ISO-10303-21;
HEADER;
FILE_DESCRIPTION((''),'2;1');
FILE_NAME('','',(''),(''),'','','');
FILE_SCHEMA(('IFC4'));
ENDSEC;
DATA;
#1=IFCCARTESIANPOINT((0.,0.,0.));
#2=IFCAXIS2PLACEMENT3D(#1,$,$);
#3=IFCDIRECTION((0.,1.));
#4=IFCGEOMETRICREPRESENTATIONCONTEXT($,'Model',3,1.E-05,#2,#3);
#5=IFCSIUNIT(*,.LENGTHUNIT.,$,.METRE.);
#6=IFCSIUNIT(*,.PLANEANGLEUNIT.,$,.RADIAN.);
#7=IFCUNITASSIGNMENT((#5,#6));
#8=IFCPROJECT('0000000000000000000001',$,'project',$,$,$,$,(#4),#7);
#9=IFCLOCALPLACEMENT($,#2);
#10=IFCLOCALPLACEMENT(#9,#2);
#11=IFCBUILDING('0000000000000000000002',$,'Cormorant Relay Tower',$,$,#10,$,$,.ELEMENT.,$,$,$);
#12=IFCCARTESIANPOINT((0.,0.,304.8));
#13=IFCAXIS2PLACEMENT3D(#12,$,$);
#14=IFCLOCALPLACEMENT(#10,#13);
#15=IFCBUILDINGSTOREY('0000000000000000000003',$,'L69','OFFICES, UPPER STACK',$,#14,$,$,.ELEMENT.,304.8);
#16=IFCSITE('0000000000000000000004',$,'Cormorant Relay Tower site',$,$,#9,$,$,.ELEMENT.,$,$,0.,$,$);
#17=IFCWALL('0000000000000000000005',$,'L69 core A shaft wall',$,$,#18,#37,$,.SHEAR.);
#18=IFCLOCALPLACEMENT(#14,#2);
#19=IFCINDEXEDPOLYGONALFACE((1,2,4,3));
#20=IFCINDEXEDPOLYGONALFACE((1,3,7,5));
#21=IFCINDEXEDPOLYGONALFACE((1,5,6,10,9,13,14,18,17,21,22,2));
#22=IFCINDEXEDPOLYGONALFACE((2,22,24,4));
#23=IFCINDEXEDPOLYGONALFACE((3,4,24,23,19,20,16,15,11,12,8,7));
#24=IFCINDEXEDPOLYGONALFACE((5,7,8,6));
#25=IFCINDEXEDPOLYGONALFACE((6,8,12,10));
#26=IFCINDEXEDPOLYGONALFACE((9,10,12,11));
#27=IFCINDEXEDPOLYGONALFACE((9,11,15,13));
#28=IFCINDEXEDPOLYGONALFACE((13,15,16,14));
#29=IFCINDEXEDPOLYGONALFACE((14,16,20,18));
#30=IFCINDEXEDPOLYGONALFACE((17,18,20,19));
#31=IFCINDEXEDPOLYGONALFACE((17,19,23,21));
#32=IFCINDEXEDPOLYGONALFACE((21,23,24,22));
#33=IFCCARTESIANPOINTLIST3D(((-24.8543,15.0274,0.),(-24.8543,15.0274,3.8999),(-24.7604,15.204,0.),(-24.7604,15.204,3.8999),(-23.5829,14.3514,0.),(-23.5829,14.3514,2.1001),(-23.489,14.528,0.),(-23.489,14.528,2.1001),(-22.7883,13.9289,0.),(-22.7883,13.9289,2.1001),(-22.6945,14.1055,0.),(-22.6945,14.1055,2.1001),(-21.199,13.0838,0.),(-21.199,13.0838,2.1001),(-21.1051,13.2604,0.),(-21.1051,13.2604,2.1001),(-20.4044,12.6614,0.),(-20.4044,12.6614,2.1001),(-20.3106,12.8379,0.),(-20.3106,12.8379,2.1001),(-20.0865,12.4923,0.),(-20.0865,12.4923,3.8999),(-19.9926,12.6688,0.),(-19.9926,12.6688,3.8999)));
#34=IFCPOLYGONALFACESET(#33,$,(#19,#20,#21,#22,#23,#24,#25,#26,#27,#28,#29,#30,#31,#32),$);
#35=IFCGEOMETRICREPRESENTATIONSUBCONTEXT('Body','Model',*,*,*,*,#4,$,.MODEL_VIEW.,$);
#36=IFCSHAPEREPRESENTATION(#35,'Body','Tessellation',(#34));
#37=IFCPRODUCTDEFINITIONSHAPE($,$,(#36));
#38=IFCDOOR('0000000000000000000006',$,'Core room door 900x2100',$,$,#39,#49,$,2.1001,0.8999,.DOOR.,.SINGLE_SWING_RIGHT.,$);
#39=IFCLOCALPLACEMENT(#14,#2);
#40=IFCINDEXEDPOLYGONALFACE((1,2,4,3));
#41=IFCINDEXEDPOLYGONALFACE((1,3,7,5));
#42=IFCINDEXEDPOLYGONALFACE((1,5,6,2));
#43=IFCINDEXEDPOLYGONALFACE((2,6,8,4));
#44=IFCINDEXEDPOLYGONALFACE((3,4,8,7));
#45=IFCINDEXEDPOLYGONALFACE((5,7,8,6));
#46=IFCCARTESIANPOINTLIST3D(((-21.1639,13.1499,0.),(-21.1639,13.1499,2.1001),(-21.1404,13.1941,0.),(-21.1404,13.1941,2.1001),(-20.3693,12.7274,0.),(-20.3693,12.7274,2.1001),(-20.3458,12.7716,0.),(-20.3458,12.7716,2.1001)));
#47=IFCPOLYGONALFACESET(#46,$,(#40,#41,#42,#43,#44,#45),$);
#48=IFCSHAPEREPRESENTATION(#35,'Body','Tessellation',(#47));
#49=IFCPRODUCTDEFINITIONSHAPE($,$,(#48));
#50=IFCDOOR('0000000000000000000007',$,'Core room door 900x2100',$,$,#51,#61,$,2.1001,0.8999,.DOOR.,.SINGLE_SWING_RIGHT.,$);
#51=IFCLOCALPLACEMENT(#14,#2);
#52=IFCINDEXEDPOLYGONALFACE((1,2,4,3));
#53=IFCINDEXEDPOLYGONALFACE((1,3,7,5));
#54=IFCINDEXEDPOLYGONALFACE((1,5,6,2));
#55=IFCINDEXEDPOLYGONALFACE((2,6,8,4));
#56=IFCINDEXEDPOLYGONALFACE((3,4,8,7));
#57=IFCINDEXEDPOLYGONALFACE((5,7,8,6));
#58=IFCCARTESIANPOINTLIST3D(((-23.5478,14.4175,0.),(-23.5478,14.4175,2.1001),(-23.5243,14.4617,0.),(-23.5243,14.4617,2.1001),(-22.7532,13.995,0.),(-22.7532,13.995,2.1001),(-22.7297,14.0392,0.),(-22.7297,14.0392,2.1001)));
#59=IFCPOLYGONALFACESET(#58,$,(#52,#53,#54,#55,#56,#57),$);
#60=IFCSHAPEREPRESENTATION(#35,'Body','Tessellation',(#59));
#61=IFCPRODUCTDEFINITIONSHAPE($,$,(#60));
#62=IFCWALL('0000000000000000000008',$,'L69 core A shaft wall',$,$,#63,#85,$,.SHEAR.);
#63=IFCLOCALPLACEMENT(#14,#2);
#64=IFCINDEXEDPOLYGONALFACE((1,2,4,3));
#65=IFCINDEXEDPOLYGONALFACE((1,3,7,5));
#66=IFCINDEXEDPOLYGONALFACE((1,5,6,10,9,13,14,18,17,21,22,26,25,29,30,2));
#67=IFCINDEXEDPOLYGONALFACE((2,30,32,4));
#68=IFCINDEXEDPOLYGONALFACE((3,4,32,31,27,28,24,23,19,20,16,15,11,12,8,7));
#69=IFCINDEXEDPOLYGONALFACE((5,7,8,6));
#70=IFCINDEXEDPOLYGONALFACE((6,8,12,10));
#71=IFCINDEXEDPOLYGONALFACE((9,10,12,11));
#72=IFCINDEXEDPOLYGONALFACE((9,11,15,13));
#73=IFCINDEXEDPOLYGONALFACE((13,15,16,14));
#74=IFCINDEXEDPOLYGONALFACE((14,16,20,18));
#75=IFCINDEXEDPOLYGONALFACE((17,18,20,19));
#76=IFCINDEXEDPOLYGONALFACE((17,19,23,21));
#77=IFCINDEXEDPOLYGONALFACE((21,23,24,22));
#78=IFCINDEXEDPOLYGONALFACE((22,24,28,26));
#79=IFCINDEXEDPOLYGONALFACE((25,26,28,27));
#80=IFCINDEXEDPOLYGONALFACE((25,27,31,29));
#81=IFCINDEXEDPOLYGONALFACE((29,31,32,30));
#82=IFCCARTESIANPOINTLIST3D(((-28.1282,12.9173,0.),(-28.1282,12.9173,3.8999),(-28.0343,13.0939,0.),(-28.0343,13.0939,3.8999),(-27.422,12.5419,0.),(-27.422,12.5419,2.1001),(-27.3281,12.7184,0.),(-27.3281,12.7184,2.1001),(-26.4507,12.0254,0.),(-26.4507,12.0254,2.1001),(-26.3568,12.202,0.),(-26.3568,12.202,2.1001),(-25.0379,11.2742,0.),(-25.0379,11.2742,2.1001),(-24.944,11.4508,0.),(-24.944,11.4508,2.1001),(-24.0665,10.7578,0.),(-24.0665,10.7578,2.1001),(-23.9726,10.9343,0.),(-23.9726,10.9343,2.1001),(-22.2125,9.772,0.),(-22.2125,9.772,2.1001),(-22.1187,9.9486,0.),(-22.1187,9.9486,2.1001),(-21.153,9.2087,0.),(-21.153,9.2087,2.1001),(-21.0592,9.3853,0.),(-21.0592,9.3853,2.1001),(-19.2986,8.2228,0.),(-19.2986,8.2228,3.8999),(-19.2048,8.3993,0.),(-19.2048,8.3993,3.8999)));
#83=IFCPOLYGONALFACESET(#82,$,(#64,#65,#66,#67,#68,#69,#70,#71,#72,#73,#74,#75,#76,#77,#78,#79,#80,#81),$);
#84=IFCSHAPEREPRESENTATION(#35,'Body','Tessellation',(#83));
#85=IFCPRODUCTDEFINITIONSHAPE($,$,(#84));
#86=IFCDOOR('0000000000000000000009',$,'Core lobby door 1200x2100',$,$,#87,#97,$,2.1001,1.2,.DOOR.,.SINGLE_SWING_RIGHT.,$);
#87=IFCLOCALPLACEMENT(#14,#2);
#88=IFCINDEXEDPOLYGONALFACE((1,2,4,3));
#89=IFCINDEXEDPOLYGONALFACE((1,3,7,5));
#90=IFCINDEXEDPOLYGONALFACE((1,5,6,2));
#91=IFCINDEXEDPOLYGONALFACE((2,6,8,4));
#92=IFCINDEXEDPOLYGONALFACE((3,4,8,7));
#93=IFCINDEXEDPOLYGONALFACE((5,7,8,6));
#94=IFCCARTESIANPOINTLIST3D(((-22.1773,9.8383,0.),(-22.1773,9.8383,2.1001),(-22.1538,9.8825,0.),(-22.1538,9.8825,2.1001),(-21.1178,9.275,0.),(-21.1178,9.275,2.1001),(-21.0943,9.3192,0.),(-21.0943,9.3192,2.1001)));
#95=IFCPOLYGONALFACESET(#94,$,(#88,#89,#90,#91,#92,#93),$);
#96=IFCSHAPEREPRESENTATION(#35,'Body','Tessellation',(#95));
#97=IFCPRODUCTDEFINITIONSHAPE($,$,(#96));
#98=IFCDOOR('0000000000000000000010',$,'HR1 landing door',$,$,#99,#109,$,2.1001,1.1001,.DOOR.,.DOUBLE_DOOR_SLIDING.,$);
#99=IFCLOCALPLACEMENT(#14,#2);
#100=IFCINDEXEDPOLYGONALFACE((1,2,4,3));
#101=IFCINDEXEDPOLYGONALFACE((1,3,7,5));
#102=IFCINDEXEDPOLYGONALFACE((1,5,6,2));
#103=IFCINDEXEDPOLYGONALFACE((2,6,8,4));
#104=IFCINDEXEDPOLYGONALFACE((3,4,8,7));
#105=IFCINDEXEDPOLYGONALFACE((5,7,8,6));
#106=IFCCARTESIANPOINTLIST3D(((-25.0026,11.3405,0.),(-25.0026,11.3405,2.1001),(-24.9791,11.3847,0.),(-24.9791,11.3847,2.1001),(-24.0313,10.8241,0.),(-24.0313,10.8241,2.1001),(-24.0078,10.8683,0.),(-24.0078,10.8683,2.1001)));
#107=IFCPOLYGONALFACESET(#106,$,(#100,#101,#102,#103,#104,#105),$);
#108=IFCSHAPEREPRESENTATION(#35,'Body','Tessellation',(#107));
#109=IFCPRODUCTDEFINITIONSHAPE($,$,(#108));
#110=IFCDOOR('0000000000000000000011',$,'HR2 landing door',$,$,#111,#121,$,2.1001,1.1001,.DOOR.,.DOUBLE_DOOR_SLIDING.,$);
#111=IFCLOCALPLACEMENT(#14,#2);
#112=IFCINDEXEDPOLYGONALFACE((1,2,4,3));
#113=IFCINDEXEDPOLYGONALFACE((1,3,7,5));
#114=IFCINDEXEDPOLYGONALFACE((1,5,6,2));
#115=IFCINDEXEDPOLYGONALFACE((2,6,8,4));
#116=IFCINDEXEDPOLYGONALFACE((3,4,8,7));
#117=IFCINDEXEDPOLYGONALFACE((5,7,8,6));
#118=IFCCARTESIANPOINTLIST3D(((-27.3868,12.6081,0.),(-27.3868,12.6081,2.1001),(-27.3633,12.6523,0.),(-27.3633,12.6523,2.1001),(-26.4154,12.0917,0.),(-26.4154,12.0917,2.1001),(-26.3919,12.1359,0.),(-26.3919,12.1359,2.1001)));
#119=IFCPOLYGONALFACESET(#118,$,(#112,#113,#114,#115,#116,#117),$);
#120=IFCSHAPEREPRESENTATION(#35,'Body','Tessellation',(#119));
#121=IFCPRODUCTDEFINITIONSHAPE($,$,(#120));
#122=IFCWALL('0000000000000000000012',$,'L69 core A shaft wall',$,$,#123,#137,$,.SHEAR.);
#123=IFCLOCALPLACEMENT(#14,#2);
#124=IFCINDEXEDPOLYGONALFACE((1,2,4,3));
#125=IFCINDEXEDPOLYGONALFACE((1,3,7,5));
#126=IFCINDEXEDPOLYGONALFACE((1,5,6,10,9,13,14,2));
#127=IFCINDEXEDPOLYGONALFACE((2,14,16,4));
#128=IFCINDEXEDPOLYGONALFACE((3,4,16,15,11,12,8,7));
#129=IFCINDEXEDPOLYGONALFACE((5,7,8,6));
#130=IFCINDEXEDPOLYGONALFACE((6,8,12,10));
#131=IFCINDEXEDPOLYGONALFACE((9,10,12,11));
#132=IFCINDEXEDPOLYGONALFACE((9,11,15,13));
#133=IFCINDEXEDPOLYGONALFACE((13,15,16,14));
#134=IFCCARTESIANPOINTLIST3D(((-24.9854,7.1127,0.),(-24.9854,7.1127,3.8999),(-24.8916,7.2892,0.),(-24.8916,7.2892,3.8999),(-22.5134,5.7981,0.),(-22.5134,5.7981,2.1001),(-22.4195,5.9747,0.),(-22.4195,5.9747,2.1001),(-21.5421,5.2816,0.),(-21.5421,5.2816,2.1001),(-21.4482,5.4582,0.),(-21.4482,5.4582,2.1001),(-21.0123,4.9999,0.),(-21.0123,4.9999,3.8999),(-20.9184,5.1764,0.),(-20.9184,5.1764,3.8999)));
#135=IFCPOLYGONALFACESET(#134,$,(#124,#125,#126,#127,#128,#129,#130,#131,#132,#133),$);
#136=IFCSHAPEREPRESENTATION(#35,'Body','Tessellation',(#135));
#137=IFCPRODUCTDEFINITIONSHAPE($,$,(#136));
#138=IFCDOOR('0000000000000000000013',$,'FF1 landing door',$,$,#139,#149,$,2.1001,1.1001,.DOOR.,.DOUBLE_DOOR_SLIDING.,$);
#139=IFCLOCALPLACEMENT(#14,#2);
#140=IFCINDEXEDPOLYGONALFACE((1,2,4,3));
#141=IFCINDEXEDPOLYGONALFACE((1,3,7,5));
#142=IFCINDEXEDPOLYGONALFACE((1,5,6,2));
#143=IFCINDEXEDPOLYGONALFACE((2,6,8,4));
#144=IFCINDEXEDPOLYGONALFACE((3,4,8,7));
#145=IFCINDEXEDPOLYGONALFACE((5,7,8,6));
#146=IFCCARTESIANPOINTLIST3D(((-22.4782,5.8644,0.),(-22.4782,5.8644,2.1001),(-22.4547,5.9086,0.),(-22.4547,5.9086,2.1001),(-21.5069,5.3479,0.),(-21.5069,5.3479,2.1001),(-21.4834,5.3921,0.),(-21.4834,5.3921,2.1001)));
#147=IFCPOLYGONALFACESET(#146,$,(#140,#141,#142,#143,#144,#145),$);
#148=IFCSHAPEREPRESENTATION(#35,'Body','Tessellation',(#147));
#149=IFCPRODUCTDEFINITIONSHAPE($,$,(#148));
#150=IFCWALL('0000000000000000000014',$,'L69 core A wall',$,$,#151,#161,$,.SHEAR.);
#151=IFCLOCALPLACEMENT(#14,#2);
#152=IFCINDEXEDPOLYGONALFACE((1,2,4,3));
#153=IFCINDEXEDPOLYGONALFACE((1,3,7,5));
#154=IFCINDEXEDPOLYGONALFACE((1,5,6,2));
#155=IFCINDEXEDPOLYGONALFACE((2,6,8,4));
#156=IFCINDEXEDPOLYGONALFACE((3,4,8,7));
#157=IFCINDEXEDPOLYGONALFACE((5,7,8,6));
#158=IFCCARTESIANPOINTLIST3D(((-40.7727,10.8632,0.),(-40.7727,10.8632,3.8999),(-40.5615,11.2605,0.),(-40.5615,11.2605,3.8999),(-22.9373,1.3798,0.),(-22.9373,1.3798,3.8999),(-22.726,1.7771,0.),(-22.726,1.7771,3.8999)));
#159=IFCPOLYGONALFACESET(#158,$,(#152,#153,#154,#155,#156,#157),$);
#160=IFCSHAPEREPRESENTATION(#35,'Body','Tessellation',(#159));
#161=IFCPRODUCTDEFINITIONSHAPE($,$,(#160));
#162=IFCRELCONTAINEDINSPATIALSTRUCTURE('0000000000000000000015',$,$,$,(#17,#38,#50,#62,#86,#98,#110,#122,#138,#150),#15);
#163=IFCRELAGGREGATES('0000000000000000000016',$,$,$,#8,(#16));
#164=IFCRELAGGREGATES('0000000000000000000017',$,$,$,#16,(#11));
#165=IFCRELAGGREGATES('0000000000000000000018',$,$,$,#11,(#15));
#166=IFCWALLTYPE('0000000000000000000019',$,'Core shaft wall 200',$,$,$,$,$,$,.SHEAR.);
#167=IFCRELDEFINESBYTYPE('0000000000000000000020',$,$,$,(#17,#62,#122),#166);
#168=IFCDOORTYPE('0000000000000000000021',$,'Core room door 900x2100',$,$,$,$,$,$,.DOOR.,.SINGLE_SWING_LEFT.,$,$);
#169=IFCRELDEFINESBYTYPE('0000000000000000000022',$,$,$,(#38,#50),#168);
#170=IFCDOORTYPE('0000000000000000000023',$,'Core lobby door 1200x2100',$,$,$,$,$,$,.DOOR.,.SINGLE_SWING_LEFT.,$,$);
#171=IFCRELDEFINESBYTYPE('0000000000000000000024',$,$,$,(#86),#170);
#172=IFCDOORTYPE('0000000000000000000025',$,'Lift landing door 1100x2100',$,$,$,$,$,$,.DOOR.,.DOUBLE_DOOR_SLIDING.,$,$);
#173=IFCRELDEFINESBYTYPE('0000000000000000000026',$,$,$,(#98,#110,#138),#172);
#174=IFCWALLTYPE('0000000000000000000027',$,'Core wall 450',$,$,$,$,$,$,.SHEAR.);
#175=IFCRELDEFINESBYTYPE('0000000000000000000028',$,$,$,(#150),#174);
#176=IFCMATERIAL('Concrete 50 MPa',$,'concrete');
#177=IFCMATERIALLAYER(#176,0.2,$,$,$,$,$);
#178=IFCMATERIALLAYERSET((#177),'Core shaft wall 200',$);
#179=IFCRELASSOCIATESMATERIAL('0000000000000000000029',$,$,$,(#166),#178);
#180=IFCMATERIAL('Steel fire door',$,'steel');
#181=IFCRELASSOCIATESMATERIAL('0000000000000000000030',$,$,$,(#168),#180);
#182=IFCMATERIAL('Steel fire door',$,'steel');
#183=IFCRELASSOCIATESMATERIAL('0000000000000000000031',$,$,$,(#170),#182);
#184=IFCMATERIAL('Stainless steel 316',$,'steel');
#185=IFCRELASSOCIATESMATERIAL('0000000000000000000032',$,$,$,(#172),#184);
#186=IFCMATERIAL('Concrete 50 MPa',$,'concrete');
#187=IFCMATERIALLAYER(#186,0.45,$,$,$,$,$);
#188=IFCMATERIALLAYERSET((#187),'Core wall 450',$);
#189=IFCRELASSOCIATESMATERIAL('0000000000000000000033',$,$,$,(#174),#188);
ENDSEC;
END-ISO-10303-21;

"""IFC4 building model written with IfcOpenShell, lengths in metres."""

from ifc_helpers import new_model, si_unit, direction, frame, frame_2d, origin, place, context, subcontext, project, spatial, rectangle, extrude, material, layer, layer_set, type_object, element, fill, save


model = new_model("IFC4")

# Units and contexts
model_context = context("Model", 3, precision=1e-05, world=origin(), true_north=direction((0.0, 1.0)))
body_context = subcontext(model_context, "Body", "Model", "MODEL_VIEW")
ifc_project = project(units=[si_unit("LENGTHUNIT", "METRE"), si_unit("PLANEANGLEUNIT", "RADIAN")], contexts=[model_context])

# Site, building, storey
site_placement = place(None, origin())
site = spatial("IfcSite", under=ifc_project, at=site_placement, Name="Cormorant Relay Tower site", CompositionType="ELEMENT", RefElevation=0.0)
building_placement = place(site_placement, origin())
building = spatial("IfcBuilding", under=site, at=building_placement, Name="Cormorant Relay Tower", CompositionType="ELEMENT")
storey_placement = place(building_placement, frame((0.0, 0.0, 304.8)))
storey = spatial("IfcBuildingStorey", under=building, at=storey_placement, Name="L69", Description="OFFICES, UPPER STACK", CompositionType="ELEMENT", Elevation=304.8)

# Shared definitions
ifc_material_1 = material(Name="Concrete 50 MPa", Category="concrete")
ifc_layer_1 = layer(ifc_material_1, 0.2)
ifc_layer_set_1 = layer_set([ifc_layer_1], Name="Core shaft wall 200")
wall_type_1 = type_object("IfcWallType", Name="Core shaft wall 200", PredefinedType="SHEAR", material=ifc_layer_set_1)

# Walls, openings, doors
wall_1_placement = place(storey_placement, frame((-20.0396, 12.5806, 0.0), z_axis=(0.0, 0.0, 1.0), x_axis=(-0.882943, 0.46948, 0.0)))
wall_1 = element("IfcWall", 1, at=wall_1_placement, inside=storey, type_object=wall_type_1, Name="L69 core A shaft wall", PredefinedType="SHEAR", context=body_context, shape_type="SweptSolid", body=[
    extrude(rectangle(XDim=5.3999, YDim=0.2, at=frame_2d((2.7, 0.0))), origin(), (0.0, 0.0, 1.0), 3.8999),
])
opening_1_placement = place(wall_1_placement, frame((0.3601, 0.0, 0.0)))
opening_1 = element("IfcOpeningElement", 2, at=opening_1_placement, cuts=wall_1, PredefinedType="OPENING", context=body_context, shape_type="SweptSolid", body=[
    extrude(rectangle(XDim=0.8999, YDim=2.1001, at=frame_2d((0.45, 1.05))), frame((0.0, 0.1099, 0.0), z_axis=(0.0, -1.0, 0.0), x_axis=(1.0, 0.0, 0.0)), (0.0, 0.0, 1.0), 0.22),
])
opening_2_placement = place(wall_1_placement, frame((3.0601, 0.0, 0.0)))
opening_2 = element("IfcOpeningElement", 3, at=opening_2_placement, cuts=wall_1, PredefinedType="OPENING", context=body_context, shape_type="SweptSolid", body=[
    extrude(rectangle(XDim=0.8999, YDim=2.1001, at=frame_2d((0.45, 1.05))), frame((0.0, 0.1099, 0.0), z_axis=(0.0, -1.0, 0.0), x_axis=(1.0, 0.0, 0.0)), (0.0, 0.0, 1.0), 0.22),
])
ifc_material_2 = material(Name="Steel fire door", Category="steel")
door_type_1 = type_object("IfcDoorType", Name="Core room door 900x2100", OperationType="SINGLE_SWING_LEFT", PredefinedType="DOOR", material=ifc_material_2)
door_1_placement = place(opening_1_placement, frame((0.8999, 0.0, 0.0), z_axis=(0.0, 0.0, 1.0), x_axis=(-1.0, 0.0, 0.0)))
door_1 = element("IfcDoor", 4, at=door_1_placement, inside=storey, type_object=door_type_1, Name="Core room door 900x2100", OperationType="SINGLE_SWING_RIGHT", OverallHeight=2.1001, OverallWidth=0.8999, PredefinedType="DOOR", context=body_context, shape_type="SweptSolid", body=[
    extrude(rectangle(XDim=0.8999, YDim=2.1001, at=frame_2d((0.45, 1.05))), frame((0.0, 0.0249, 0.0), z_axis=(0.0, -1.0, 0.0), x_axis=(1.0, 0.0, 0.0)), (0.0, 0.0, 1.0), 0.05),
])
fill(opening_1, door_1)
door_2_placement = place(opening_2_placement, frame((0.8999, 0.0, 0.0), z_axis=(0.0, 0.0, 1.0), x_axis=(-1.0, 0.0, 0.0)))
door_2 = element("IfcDoor", 5, at=door_2_placement, inside=storey, type_object=door_type_1, Name="Core room door 900x2100", OperationType="SINGLE_SWING_RIGHT", OverallHeight=2.1001, OverallWidth=0.8999, PredefinedType="DOOR", context=body_context, shape_type="SweptSolid", body=[
    extrude(rectangle(XDim=0.8999, YDim=2.1001, at=frame_2d((0.45, 1.05))), frame((0.0, 0.0249, 0.0), z_axis=(0.0, -1.0, 0.0), x_axis=(1.0, 0.0, 0.0)), (0.0, 0.0, 1.0), 0.05),
])
fill(opening_2, door_2)
wall_2_placement = place(storey_placement, frame((-19.2517, 8.311, 0.0), z_axis=(0.0, 0.0, 1.0), x_axis=(-0.882956, 0.469456, 0.0)))
wall_2 = element("IfcWall", 6, at=wall_2_placement, inside=storey, type_object=wall_type_1, Name="L69 core A shaft wall", PredefinedType="SHEAR", context=body_context, shape_type="SweptSolid", body=[
    extrude(rectangle(XDim=10.0, YDim=0.2, at=frame_2d((5.0, 0.0))), origin(), (0.0, 0.0, 1.0), 3.8999),
])
opening_3_placement = place(wall_2_placement, frame((2.1001, 0.0, 0.0)))
opening_3 = element("IfcOpeningElement", 7, at=opening_3_placement, cuts=wall_2, PredefinedType="OPENING", context=body_context, shape_type="SweptSolid", body=[
    extrude(rectangle(XDim=1.2, YDim=2.1001, at=frame_2d((0.6001, 1.05))), frame((0.0, 0.1099, 0.0), z_axis=(0.0, -1.0, 0.0), x_axis=(1.0, 0.0, 0.0)), (0.0, 0.0, 1.0), 0.22),
])
opening_4_placement = place(wall_2_placement, frame((5.3999, 0.0, 0.0)))
opening_4 = element("IfcOpeningElement", 8, at=opening_4_placement, cuts=wall_2, PredefinedType="OPENING", context=body_context, shape_type="SweptSolid", body=[
    extrude(rectangle(XDim=1.1001, YDim=2.1001, at=frame_2d((0.55, 1.05))), frame((0.0, 0.1099, 0.0), z_axis=(0.0, -1.0, 0.0), x_axis=(1.0, 0.0, 0.0)), (0.0, 0.0, 1.0), 0.22),
])
opening_5_placement = place(wall_2_placement, frame((8.1001, 0.0, 0.0)))
opening_5 = element("IfcOpeningElement", 9, at=opening_5_placement, cuts=wall_2, PredefinedType="OPENING", context=body_context, shape_type="SweptSolid", body=[
    extrude(rectangle(XDim=1.1001, YDim=2.1001, at=frame_2d((0.55, 1.05))), frame((0.0, 0.1099, 0.0), z_axis=(0.0, -1.0, 0.0), x_axis=(1.0, 0.0, 0.0)), (0.0, 0.0, 1.0), 0.22),
])
ifc_material_3 = material(Name="Steel fire door", Category="steel")
door_type_2 = type_object("IfcDoorType", Name="Core lobby door 1200x2100", OperationType="SINGLE_SWING_LEFT", PredefinedType="DOOR", material=ifc_material_3)
door_3_placement = place(opening_3_placement, origin())
door_3 = element("IfcDoor", 10, at=door_3_placement, inside=storey, type_object=door_type_2, Name="Core lobby door 1200x2100", OperationType="SINGLE_SWING_RIGHT", OverallHeight=2.1001, OverallWidth=1.2, PredefinedType="DOOR", context=body_context, shape_type="SweptSolid", body=[
    extrude(rectangle(XDim=1.2, YDim=2.1001, at=frame_2d((0.6001, 1.05))), frame((0.0, 0.0249, 0.0), z_axis=(0.0, -1.0, 0.0), x_axis=(1.0, 0.0, 0.0)), (0.0, 0.0, 1.0), 0.05),
])
fill(opening_3, door_3)
ifc_material_4 = material(Name="Stainless steel 316", Category="steel")
door_type_3 = type_object("IfcDoorType", Name="Lift landing door 1100x2100", OperationType="DOUBLE_DOOR_SLIDING", PredefinedType="DOOR", material=ifc_material_4)
door_4_placement = place(opening_4_placement, origin())
door_4 = element("IfcDoor", 11, at=door_4_placement, inside=storey, type_object=door_type_3, Name="HR1 landing door", OperationType="DOUBLE_DOOR_SLIDING", OverallHeight=2.1001, OverallWidth=1.1001, PredefinedType="DOOR", context=body_context, shape_type="SweptSolid", body=[
    extrude(rectangle(XDim=1.1001, YDim=2.1001, at=frame_2d((0.55, 1.05))), frame((0.0, 0.0249, 0.0), z_axis=(0.0, -1.0, 0.0), x_axis=(1.0, 0.0, 0.0)), (0.0, 0.0, 1.0), 0.05),
])
fill(opening_4, door_4)
door_5_placement = place(opening_5_placement, origin())
door_5 = element("IfcDoor", 12, at=door_5_placement, inside=storey, type_object=door_type_3, Name="HR2 landing door", OperationType="DOUBLE_DOOR_SLIDING", OverallHeight=2.1001, OverallWidth=1.1001, PredefinedType="DOOR", context=body_context, shape_type="SweptSolid", body=[
    extrude(rectangle(XDim=1.1001, YDim=2.1001, at=frame_2d((0.55, 1.05))), frame((0.0, 0.0249, 0.0), z_axis=(0.0, -1.0, 0.0), x_axis=(1.0, 0.0, 0.0)), (0.0, 0.0, 1.0), 0.05),
])
fill(opening_5, door_5)

# Wall, opening, door
wall_3_placement = place(storey_placement, frame((-20.9653, 5.0881, 0.0), z_axis=(0.0, 0.0, 1.0), x_axis=(-0.882926, 0.469512, 0.0)))
wall_3 = element("IfcWall", 13, at=wall_3_placement, inside=storey, type_object=wall_type_1, Name="L69 core A shaft wall", PredefinedType="SHEAR", context=body_context, shape_type="SweptSolid", body=[
    extrude(rectangle(XDim=4.5, YDim=0.2, at=frame_2d((2.25, 0.0))), origin(), (0.0, 0.0, 1.0), 3.8999),
])
opening_6_placement = place(wall_3_placement, frame((0.6001, 0.0, 0.0)))
opening_6 = element("IfcOpeningElement", 14, at=opening_6_placement, cuts=wall_3, PredefinedType="OPENING", context=body_context, shape_type="SweptSolid", body=[
    extrude(rectangle(XDim=1.1001, YDim=2.1001, at=frame_2d((0.55, 1.05))), frame((0.0, 0.1099, 0.0), z_axis=(0.0, -1.0, 0.0), x_axis=(1.0, 0.0, 0.0)), (0.0, 0.0, 1.0), 0.22),
])
door_6_placement = place(opening_6_placement, origin())
door_6 = element("IfcDoor", 15, at=door_6_placement, inside=storey, type_object=door_type_3, Name="FF1 landing door", OperationType="DOUBLE_DOOR_SLIDING", OverallHeight=2.1001, OverallWidth=1.1001, PredefinedType="DOOR", context=body_context, shape_type="SweptSolid", body=[
    extrude(rectangle(XDim=1.1001, YDim=2.1001, at=frame_2d((0.55, 1.05))), frame((0.0, 0.0249, 0.0), z_axis=(0.0, -1.0, 0.0), x_axis=(1.0, 0.0, 0.0)), (0.0, 0.0, 1.0), 0.05),
])
fill(opening_6, door_6)

# Wall
ifc_material_5 = material(Name="Concrete 50 MPa", Category="concrete")
ifc_layer_2 = layer(ifc_material_5, 0.45)
ifc_layer_set_2 = layer_set([ifc_layer_2], Name="Core wall 450")
wall_type_2 = type_object("IfcWallType", Name="Core wall 450", PredefinedType="SHEAR", material=ifc_layer_set_2)
wall_4_placement = place(storey_placement, frame((-22.8315, 1.5784, 0.0), z_axis=(0.0, 0.0, 1.0), x_axis=(-0.882945, 0.469476, 0.0)))
element("IfcWall", 16, at=wall_4_placement, inside=storey, type_object=wall_type_2, Name="L69 core A wall", PredefinedType="SHEAR", context=body_context, shape_type="SweptSolid", body=[
    extrude(rectangle(XDim=20.2, YDim=0.45, at=frame_2d((10.1001, 0.0))), origin(), (0.0, 0.0, 1.0), 3.8999),
])

save(model, "model.ifc")
